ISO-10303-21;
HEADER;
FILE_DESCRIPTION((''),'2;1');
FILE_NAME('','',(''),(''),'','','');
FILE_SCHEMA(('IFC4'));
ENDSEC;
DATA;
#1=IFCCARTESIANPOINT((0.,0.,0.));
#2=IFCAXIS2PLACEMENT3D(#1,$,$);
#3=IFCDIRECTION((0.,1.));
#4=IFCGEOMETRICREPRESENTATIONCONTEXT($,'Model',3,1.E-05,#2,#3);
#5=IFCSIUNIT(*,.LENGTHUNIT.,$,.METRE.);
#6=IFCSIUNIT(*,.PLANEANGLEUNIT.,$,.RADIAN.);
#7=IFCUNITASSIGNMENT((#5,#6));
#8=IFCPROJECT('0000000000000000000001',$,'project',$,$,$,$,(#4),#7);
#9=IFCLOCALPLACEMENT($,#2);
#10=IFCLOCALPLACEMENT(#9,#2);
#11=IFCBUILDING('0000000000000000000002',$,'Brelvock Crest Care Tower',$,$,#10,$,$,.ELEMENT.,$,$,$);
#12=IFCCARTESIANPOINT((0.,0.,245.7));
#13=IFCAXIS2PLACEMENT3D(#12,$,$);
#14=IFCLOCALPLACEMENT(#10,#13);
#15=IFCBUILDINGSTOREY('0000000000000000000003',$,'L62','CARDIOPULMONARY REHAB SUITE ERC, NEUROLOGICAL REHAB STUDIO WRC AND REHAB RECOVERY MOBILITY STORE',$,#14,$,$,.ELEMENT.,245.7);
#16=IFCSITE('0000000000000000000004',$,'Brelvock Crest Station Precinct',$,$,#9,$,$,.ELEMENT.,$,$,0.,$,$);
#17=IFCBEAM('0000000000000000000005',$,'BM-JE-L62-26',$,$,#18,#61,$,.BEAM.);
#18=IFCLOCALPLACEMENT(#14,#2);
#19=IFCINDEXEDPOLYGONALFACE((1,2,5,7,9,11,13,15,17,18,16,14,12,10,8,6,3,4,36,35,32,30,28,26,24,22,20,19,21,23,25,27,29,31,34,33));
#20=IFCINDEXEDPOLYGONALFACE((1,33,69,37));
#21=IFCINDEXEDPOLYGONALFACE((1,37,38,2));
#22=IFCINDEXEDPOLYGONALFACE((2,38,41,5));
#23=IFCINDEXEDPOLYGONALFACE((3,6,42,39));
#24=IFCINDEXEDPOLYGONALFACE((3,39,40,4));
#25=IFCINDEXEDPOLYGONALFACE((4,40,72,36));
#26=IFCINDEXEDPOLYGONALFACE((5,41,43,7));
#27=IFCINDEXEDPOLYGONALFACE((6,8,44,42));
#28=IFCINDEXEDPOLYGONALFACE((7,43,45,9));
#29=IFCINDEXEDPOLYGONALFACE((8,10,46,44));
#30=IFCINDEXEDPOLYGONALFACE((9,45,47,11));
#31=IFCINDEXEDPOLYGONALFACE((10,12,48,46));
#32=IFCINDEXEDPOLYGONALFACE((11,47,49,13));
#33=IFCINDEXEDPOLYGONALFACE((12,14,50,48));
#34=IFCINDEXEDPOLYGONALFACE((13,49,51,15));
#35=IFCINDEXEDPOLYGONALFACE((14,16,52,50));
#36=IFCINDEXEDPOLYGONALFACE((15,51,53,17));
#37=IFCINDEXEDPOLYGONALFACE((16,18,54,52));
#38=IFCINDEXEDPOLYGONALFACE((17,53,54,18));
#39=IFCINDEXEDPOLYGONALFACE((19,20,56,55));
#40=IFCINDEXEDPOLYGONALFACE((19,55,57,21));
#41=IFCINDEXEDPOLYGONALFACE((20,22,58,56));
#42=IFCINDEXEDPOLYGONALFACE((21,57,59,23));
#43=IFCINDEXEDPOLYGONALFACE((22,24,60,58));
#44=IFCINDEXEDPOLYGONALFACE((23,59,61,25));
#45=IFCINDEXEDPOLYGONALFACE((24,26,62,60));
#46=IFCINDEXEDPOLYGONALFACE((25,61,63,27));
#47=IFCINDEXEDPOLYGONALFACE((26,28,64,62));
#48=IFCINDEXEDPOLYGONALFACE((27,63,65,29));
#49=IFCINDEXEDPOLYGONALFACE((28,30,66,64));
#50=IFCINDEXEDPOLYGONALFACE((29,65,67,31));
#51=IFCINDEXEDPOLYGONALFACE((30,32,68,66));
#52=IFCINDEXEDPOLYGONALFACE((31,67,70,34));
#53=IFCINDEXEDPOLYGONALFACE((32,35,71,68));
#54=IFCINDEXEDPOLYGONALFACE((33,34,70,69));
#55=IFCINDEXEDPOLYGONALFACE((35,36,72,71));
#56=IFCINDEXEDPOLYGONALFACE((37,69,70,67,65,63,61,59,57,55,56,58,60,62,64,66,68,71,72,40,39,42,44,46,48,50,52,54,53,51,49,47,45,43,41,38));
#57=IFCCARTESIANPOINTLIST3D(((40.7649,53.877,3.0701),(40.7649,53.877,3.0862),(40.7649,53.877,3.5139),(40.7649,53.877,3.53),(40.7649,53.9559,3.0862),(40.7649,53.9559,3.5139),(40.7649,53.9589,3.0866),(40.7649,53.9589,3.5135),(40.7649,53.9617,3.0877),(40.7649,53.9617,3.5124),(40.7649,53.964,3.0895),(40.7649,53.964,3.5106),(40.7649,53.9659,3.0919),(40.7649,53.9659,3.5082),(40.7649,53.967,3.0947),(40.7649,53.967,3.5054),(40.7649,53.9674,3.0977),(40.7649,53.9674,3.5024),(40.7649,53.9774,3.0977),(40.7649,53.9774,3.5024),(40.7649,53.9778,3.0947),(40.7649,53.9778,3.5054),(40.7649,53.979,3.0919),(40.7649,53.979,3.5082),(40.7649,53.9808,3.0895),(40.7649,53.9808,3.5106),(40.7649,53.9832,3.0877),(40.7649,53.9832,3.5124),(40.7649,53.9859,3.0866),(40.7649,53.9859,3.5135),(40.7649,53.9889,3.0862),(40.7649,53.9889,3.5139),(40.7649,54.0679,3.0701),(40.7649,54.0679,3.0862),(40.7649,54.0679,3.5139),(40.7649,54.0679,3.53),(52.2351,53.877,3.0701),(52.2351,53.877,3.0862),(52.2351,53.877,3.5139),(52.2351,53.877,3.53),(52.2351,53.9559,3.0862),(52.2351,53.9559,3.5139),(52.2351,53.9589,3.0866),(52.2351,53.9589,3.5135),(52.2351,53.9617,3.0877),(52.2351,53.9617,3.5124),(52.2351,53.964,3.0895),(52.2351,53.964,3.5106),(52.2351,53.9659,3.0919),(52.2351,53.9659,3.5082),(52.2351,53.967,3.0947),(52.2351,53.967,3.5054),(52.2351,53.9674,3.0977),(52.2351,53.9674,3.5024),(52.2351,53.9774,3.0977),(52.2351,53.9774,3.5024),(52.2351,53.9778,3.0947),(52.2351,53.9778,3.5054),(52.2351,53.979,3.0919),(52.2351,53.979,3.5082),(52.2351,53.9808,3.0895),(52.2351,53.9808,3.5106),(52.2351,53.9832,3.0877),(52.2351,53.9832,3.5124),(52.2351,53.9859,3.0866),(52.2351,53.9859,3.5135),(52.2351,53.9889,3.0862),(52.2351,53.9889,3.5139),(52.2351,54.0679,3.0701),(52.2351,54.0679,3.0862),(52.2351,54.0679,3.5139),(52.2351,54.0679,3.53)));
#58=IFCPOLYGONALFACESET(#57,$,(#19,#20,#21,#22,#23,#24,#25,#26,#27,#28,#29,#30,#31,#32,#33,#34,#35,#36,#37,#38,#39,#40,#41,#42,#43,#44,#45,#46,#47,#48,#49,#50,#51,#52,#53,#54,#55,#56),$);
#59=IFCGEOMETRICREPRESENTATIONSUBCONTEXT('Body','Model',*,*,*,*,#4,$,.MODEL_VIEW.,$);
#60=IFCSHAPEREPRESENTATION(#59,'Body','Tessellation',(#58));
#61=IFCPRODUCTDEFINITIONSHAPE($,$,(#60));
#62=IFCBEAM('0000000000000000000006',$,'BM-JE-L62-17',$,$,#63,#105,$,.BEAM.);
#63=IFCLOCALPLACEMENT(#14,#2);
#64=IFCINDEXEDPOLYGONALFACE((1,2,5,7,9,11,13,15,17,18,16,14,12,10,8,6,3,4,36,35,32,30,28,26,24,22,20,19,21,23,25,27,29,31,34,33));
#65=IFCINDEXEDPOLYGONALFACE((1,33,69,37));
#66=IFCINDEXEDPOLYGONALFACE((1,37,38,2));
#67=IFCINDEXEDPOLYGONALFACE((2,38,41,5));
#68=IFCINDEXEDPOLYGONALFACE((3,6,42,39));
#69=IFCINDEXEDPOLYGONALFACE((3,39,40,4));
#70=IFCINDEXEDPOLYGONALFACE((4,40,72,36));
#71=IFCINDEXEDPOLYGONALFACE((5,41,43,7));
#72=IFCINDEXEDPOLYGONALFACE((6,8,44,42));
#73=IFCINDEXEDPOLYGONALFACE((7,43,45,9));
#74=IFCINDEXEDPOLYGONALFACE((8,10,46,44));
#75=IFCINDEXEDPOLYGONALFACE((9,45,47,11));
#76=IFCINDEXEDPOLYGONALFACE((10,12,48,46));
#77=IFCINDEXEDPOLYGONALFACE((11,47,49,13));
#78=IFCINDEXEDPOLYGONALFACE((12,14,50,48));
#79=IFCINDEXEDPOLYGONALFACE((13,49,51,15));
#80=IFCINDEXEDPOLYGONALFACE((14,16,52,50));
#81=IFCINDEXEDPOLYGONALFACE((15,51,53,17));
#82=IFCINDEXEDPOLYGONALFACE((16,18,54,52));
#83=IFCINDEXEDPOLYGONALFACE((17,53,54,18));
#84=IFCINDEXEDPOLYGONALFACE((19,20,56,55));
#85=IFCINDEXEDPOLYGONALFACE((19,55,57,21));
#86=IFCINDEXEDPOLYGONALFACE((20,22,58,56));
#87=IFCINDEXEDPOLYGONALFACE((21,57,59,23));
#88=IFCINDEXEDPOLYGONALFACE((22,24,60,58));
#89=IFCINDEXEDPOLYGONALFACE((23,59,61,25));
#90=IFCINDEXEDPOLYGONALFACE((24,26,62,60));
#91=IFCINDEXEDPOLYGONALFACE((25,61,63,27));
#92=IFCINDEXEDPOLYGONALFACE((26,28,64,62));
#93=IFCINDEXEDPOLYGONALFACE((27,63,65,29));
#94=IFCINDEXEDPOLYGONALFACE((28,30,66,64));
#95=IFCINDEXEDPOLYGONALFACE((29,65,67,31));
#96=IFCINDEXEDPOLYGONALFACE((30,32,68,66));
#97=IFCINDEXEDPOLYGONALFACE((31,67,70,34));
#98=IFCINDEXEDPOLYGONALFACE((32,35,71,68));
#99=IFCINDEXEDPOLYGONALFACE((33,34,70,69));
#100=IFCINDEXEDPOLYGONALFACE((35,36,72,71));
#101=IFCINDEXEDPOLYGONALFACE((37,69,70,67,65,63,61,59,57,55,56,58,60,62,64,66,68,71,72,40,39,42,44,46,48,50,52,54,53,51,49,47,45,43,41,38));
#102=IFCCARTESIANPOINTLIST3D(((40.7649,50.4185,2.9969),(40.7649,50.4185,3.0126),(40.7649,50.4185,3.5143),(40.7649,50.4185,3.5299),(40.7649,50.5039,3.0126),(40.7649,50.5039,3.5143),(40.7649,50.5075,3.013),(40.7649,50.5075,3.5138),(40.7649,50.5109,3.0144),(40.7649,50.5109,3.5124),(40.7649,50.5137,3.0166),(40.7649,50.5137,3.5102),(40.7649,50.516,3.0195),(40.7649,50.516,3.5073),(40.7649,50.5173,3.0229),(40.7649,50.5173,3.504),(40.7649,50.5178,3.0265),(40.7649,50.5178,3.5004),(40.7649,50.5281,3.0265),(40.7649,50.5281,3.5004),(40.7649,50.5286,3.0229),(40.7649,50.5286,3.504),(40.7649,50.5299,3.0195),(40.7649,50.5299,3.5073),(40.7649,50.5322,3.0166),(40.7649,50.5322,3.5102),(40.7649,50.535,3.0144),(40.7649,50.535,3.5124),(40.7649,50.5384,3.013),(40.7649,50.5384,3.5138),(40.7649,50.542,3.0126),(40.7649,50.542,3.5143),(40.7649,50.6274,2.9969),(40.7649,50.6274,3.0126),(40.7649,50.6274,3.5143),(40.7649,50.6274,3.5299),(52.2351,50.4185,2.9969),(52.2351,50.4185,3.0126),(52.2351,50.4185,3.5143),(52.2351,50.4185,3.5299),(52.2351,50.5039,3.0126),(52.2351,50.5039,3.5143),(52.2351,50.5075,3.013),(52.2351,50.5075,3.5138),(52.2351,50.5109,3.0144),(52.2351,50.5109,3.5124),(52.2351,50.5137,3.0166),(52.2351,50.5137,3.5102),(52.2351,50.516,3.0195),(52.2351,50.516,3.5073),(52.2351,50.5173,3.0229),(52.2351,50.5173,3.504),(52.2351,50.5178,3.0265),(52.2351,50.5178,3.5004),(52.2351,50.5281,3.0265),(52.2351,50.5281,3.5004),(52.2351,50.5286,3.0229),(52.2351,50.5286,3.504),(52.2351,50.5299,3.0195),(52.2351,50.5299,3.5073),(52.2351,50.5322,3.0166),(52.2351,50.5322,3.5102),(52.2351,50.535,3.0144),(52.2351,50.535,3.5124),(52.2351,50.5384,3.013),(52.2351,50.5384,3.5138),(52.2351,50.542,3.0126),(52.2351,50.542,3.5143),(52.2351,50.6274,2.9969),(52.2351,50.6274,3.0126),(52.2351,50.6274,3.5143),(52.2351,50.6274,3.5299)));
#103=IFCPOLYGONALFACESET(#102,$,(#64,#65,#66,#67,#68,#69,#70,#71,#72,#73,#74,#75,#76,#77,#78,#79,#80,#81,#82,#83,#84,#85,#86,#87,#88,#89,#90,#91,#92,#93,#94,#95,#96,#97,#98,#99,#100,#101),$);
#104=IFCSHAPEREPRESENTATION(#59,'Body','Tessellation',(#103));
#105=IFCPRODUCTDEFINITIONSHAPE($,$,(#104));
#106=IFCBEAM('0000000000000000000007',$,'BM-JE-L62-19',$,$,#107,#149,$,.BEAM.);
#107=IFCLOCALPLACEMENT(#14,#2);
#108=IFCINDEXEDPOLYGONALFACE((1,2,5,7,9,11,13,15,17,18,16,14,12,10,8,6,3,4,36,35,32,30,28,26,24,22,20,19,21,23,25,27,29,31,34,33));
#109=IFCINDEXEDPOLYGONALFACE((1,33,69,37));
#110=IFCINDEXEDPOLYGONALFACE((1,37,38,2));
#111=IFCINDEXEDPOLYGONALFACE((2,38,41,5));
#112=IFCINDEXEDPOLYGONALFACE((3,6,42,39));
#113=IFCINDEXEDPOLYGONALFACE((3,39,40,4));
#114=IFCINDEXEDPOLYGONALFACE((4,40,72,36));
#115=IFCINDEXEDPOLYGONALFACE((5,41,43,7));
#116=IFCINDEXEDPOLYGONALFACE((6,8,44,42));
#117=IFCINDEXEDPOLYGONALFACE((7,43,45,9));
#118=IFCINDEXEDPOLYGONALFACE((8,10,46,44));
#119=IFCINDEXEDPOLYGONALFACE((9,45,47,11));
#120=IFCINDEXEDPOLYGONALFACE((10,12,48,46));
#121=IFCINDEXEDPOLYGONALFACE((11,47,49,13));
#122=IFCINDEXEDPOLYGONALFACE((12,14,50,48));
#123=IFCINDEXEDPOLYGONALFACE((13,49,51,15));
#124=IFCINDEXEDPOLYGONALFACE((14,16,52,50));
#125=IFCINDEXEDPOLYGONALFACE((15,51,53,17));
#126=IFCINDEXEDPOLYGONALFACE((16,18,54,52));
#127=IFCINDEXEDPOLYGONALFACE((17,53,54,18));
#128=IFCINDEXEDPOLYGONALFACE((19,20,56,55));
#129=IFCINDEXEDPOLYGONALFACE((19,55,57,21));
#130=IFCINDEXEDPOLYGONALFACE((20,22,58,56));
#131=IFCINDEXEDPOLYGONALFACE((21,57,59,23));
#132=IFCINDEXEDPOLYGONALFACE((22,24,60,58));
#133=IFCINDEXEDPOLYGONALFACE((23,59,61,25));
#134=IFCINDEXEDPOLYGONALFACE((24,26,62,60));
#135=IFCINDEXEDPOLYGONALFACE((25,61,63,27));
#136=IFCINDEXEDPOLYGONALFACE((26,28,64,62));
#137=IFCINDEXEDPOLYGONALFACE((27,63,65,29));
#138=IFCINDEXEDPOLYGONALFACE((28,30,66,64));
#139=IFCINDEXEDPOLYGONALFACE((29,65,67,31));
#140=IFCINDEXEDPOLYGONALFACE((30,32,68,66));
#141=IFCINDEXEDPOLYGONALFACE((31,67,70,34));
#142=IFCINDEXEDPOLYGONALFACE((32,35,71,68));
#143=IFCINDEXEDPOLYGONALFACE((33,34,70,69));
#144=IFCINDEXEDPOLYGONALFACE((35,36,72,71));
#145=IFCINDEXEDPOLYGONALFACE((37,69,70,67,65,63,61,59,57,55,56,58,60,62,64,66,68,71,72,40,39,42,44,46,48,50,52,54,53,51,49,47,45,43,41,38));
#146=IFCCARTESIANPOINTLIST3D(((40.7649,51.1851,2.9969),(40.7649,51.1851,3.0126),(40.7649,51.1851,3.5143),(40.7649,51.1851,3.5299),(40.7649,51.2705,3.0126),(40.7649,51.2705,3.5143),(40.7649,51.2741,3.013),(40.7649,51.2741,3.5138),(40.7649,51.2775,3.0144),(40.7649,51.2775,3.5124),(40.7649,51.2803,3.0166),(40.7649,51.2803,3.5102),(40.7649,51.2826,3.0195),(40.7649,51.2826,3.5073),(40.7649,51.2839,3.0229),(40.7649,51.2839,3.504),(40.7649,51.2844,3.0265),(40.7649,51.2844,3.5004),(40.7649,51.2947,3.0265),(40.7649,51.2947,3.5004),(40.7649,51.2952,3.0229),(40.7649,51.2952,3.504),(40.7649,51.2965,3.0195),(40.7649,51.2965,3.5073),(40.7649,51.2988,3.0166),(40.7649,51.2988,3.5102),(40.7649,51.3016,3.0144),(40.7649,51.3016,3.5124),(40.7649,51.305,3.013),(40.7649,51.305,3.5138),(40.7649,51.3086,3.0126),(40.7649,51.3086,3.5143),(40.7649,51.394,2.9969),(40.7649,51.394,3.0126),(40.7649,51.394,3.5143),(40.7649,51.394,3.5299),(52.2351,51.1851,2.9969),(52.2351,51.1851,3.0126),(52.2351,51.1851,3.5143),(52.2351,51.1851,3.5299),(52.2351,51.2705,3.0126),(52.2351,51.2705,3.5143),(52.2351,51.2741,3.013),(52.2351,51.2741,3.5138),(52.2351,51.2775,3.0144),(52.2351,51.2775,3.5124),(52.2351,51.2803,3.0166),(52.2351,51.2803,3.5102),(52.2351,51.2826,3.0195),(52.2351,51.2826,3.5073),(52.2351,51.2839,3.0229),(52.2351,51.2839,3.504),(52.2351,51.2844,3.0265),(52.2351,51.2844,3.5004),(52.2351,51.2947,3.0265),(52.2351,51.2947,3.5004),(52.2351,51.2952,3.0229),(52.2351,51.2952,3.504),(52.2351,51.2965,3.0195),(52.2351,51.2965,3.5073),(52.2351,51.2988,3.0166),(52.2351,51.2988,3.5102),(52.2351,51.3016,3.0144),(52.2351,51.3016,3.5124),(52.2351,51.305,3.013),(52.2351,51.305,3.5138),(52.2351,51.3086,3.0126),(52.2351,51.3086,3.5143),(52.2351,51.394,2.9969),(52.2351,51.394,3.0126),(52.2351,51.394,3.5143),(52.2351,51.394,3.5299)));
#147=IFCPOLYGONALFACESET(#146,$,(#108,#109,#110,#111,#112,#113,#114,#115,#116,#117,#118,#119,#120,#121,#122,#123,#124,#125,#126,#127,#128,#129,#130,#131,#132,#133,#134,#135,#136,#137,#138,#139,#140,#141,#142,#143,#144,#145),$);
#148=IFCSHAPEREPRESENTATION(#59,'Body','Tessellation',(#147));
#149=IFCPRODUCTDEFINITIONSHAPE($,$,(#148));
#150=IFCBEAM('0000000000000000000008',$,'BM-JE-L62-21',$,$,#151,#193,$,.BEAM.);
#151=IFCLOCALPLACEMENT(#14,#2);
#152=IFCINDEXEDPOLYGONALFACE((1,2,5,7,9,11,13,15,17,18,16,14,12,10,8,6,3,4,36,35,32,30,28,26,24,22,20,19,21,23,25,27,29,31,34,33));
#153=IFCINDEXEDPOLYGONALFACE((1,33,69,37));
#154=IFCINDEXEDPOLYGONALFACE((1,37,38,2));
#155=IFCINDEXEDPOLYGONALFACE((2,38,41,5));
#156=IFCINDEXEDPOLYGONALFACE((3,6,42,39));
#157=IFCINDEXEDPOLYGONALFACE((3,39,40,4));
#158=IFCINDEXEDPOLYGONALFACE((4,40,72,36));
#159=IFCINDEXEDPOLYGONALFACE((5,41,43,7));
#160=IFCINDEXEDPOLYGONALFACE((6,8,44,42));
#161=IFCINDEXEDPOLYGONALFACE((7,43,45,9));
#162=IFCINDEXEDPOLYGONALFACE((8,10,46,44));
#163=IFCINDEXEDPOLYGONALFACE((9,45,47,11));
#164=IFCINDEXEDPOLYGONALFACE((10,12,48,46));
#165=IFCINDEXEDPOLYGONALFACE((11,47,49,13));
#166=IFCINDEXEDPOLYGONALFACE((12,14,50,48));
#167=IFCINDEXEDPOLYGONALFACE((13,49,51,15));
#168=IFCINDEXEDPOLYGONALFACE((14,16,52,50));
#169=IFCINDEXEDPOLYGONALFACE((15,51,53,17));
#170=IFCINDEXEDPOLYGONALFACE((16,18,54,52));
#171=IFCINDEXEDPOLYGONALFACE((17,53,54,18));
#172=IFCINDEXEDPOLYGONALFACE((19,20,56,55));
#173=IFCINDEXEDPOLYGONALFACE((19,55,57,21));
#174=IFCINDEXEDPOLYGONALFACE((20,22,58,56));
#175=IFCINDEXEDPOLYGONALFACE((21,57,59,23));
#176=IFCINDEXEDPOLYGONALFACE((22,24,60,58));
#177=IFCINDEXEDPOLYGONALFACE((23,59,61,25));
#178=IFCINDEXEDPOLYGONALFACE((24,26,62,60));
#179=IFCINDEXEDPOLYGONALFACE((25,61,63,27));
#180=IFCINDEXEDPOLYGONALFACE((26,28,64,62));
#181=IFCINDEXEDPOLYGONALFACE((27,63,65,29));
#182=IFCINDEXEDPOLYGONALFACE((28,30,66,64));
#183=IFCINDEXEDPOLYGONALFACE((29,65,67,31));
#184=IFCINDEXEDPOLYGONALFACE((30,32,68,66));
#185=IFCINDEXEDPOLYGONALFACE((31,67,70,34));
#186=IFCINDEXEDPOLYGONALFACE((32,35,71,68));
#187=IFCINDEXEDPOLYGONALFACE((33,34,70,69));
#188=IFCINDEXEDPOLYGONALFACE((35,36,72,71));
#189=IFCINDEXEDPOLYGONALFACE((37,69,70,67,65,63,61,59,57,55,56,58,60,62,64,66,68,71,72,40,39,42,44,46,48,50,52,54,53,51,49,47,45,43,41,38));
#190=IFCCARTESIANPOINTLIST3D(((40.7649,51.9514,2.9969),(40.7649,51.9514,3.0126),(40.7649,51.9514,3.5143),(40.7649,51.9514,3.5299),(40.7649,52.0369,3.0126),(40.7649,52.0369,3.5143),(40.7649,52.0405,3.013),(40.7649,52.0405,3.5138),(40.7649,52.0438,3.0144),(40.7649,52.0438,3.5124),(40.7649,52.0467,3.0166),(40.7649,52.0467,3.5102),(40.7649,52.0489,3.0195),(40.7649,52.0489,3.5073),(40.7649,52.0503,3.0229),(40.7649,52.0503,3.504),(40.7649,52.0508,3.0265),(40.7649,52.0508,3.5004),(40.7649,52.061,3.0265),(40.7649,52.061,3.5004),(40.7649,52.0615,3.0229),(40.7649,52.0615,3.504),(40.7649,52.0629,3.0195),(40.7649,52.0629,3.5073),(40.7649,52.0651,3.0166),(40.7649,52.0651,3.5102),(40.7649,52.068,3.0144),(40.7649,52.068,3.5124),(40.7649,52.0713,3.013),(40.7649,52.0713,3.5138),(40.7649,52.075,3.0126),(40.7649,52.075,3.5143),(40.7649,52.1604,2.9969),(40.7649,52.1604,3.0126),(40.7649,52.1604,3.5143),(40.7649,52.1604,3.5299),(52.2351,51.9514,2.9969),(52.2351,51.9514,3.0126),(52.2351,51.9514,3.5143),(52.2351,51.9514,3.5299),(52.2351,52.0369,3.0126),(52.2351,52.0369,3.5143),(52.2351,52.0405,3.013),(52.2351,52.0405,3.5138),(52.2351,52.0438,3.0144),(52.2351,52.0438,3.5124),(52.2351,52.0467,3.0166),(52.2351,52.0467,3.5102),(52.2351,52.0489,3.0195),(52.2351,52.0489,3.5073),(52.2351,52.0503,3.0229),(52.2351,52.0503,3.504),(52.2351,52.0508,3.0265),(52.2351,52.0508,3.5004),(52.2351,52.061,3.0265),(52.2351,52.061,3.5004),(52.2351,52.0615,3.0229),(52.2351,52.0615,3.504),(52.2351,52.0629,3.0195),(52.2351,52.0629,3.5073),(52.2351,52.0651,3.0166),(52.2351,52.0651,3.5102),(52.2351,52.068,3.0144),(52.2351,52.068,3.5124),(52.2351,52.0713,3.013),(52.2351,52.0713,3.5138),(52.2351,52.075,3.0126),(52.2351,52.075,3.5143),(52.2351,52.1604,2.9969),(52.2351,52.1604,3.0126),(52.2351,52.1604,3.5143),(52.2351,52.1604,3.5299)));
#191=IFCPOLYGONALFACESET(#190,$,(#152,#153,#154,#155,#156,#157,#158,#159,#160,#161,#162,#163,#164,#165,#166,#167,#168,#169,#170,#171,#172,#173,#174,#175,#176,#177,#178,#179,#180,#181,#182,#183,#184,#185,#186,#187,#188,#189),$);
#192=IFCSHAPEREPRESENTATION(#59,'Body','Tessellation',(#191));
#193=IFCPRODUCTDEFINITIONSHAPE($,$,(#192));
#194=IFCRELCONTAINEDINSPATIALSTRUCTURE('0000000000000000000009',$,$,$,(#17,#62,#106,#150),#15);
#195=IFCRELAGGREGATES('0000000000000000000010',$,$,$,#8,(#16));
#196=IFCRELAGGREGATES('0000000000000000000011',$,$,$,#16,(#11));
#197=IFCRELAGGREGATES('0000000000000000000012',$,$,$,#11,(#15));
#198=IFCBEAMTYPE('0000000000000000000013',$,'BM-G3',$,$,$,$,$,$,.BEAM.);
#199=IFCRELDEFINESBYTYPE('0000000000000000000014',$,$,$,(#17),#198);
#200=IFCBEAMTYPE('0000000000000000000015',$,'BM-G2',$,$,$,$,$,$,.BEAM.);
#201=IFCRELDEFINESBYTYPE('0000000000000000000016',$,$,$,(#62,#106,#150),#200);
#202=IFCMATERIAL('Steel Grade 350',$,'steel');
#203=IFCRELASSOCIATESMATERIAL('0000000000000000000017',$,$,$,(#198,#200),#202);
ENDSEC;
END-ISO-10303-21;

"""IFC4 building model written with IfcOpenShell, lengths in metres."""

from ifc_helpers import new_model, si_unit, direction, frame, origin, origin_2d, place, context, subcontext, project, spatial, i_section, extrude, source, transform, mapped, material, material_profile, profile_set, type_object, element, save


model = new_model("IFC4")

# Units and contexts
model_context = context("Model", 3, precision=1e-05, world=origin(), true_north=direction((0.0, 1.0)))
body_context = subcontext(model_context, "Body", "Model", "MODEL_VIEW")
ifc_project = project(units=[si_unit("LENGTHUNIT", "METRE"), si_unit("PLANEANGLEUNIT", "RADIAN")], contexts=[model_context])

# Site, building, storey
site_placement = place(None, origin())
site = spatial("IfcSite", under=ifc_project, at=site_placement, Name="Brelvock Crest Station Precinct", CompositionType="ELEMENT", RefElevation=0.0)
building_placement = place(site_placement, origin())
building = spatial("IfcBuilding", under=site, at=building_placement, Name="Brelvock Crest Care Tower", CompositionType="ELEMENT")
storey_placement = place(building_placement, frame((0.0, 0.0, 245.7)))
storey = spatial("IfcBuildingStorey", under=building, at=storey_placement, Name="L62", Description="CARDIOPULMONARY REHAB SUITE ERC, NEUROLOGICAL REHAB STUDIO WRC AND REHAB RECOVERY MOBILITY STORE", CompositionType="ELEMENT", Elevation=245.7)

# Beams
ifc_material_1 = material(Name="Steel Grade 350", Category="steel")
ifc_material_profile_1 = material_profile(ifc_material_1, i_section(OverallWidth=0.1909, OverallDepth=0.46, WebThickness=0.01, FlangeThickness=0.0161, FilletRadius=0.0115, at=origin_2d()), Name="460UB82.1")
ifc_profile_set_1 = profile_set([ifc_material_profile_1], Name="Steel Grade 350")
beam_type_1 = type_object("IfcBeamType", Name="BM-G3", PredefinedType="BEAM", material=ifc_profile_set_1)
shared_shape_1 = source(origin(), body_context, "Body", "SweptSolid", [
    extrude(i_section(OverallWidth=0.1909, OverallDepth=0.46, WebThickness=0.01, FlangeThickness=0.0161, FilletRadius=0.0115, at=origin_2d()), origin(), (0.0, 0.0, 1.0), 11.4702),
])
for number, where, z_axis, x_axis, name in (
    (1, (40.7649, 53.9724, 3.3), (1.0, 0.0, 0.0), (0.0, 1.0, 0.0), "BM-JE-L62-26"),
):
    element("IfcBeam", number, at=place(storey_placement, frame(where, z_axis=z_axis, x_axis=x_axis)), inside=storey, type_object=beam_type_1, Name=name, PredefinedType="BEAM", context=body_context, shape_type="MappedRepresentation", body=[
        mapped(shared_shape_1, transform((0.0, 0.0, 0.0), x_axis=(1.0, 0.0, 0.0), y_axis=(0.0, 1.0, 0.0), z_axis=(0.0, 0.0, 1.0), scale=1.0)),
    ])
ifc_material_profile_2 = material_profile(ifc_material_1, i_section(OverallWidth=0.209, OverallDepth=0.533, WebThickness=0.0103, FlangeThickness=0.0156, FilletRadius=0.0139, at=origin_2d()), Name="530UB92.4")
ifc_profile_set_2 = profile_set([ifc_material_profile_2], Name="Steel Grade 350")
beam_type_2 = type_object("IfcBeamType", Name="BM-G2", PredefinedType="BEAM", material=ifc_profile_set_2)
shared_shape_2 = source(origin(), body_context, "Body", "SweptSolid", [
    extrude(i_section(OverallWidth=0.209, OverallDepth=0.533, WebThickness=0.0103, FlangeThickness=0.0156, FilletRadius=0.0139, at=origin_2d()), origin(), (0.0, 0.0, 1.0), 11.4702),
])
for number, where, z_axis, x_axis, name in (
    (2, (40.7649, 50.5229, 3.2634), (1.0, 0.0, 0.0), (0.0, 1.0, 0.0), "BM-JE-L62-17"),
    (3, (40.7649, 51.2896, 3.2634), (1.0, 0.0, 0.0), (0.0, 1.0, 0.0), "BM-JE-L62-19"),
    (4, (40.7649, 52.0559, 3.2634), (1.0, 0.0, 0.0), (0.0, 1.0, 0.0), "BM-JE-L62-21"),
):
    element("IfcBeam", number, at=place(storey_placement, frame(where, z_axis=z_axis, x_axis=x_axis)), inside=storey, type_object=beam_type_2, Name=name, PredefinedType="BEAM", context=body_context, shape_type="MappedRepresentation", body=[
        mapped(shared_shape_2, transform((0.0, 0.0, 0.0), x_axis=(1.0, 0.0, 0.0), y_axis=(0.0, 1.0, 0.0), z_axis=(0.0, 0.0, 1.0), scale=1.0)),
    ])

save(model, "model.ifc")
